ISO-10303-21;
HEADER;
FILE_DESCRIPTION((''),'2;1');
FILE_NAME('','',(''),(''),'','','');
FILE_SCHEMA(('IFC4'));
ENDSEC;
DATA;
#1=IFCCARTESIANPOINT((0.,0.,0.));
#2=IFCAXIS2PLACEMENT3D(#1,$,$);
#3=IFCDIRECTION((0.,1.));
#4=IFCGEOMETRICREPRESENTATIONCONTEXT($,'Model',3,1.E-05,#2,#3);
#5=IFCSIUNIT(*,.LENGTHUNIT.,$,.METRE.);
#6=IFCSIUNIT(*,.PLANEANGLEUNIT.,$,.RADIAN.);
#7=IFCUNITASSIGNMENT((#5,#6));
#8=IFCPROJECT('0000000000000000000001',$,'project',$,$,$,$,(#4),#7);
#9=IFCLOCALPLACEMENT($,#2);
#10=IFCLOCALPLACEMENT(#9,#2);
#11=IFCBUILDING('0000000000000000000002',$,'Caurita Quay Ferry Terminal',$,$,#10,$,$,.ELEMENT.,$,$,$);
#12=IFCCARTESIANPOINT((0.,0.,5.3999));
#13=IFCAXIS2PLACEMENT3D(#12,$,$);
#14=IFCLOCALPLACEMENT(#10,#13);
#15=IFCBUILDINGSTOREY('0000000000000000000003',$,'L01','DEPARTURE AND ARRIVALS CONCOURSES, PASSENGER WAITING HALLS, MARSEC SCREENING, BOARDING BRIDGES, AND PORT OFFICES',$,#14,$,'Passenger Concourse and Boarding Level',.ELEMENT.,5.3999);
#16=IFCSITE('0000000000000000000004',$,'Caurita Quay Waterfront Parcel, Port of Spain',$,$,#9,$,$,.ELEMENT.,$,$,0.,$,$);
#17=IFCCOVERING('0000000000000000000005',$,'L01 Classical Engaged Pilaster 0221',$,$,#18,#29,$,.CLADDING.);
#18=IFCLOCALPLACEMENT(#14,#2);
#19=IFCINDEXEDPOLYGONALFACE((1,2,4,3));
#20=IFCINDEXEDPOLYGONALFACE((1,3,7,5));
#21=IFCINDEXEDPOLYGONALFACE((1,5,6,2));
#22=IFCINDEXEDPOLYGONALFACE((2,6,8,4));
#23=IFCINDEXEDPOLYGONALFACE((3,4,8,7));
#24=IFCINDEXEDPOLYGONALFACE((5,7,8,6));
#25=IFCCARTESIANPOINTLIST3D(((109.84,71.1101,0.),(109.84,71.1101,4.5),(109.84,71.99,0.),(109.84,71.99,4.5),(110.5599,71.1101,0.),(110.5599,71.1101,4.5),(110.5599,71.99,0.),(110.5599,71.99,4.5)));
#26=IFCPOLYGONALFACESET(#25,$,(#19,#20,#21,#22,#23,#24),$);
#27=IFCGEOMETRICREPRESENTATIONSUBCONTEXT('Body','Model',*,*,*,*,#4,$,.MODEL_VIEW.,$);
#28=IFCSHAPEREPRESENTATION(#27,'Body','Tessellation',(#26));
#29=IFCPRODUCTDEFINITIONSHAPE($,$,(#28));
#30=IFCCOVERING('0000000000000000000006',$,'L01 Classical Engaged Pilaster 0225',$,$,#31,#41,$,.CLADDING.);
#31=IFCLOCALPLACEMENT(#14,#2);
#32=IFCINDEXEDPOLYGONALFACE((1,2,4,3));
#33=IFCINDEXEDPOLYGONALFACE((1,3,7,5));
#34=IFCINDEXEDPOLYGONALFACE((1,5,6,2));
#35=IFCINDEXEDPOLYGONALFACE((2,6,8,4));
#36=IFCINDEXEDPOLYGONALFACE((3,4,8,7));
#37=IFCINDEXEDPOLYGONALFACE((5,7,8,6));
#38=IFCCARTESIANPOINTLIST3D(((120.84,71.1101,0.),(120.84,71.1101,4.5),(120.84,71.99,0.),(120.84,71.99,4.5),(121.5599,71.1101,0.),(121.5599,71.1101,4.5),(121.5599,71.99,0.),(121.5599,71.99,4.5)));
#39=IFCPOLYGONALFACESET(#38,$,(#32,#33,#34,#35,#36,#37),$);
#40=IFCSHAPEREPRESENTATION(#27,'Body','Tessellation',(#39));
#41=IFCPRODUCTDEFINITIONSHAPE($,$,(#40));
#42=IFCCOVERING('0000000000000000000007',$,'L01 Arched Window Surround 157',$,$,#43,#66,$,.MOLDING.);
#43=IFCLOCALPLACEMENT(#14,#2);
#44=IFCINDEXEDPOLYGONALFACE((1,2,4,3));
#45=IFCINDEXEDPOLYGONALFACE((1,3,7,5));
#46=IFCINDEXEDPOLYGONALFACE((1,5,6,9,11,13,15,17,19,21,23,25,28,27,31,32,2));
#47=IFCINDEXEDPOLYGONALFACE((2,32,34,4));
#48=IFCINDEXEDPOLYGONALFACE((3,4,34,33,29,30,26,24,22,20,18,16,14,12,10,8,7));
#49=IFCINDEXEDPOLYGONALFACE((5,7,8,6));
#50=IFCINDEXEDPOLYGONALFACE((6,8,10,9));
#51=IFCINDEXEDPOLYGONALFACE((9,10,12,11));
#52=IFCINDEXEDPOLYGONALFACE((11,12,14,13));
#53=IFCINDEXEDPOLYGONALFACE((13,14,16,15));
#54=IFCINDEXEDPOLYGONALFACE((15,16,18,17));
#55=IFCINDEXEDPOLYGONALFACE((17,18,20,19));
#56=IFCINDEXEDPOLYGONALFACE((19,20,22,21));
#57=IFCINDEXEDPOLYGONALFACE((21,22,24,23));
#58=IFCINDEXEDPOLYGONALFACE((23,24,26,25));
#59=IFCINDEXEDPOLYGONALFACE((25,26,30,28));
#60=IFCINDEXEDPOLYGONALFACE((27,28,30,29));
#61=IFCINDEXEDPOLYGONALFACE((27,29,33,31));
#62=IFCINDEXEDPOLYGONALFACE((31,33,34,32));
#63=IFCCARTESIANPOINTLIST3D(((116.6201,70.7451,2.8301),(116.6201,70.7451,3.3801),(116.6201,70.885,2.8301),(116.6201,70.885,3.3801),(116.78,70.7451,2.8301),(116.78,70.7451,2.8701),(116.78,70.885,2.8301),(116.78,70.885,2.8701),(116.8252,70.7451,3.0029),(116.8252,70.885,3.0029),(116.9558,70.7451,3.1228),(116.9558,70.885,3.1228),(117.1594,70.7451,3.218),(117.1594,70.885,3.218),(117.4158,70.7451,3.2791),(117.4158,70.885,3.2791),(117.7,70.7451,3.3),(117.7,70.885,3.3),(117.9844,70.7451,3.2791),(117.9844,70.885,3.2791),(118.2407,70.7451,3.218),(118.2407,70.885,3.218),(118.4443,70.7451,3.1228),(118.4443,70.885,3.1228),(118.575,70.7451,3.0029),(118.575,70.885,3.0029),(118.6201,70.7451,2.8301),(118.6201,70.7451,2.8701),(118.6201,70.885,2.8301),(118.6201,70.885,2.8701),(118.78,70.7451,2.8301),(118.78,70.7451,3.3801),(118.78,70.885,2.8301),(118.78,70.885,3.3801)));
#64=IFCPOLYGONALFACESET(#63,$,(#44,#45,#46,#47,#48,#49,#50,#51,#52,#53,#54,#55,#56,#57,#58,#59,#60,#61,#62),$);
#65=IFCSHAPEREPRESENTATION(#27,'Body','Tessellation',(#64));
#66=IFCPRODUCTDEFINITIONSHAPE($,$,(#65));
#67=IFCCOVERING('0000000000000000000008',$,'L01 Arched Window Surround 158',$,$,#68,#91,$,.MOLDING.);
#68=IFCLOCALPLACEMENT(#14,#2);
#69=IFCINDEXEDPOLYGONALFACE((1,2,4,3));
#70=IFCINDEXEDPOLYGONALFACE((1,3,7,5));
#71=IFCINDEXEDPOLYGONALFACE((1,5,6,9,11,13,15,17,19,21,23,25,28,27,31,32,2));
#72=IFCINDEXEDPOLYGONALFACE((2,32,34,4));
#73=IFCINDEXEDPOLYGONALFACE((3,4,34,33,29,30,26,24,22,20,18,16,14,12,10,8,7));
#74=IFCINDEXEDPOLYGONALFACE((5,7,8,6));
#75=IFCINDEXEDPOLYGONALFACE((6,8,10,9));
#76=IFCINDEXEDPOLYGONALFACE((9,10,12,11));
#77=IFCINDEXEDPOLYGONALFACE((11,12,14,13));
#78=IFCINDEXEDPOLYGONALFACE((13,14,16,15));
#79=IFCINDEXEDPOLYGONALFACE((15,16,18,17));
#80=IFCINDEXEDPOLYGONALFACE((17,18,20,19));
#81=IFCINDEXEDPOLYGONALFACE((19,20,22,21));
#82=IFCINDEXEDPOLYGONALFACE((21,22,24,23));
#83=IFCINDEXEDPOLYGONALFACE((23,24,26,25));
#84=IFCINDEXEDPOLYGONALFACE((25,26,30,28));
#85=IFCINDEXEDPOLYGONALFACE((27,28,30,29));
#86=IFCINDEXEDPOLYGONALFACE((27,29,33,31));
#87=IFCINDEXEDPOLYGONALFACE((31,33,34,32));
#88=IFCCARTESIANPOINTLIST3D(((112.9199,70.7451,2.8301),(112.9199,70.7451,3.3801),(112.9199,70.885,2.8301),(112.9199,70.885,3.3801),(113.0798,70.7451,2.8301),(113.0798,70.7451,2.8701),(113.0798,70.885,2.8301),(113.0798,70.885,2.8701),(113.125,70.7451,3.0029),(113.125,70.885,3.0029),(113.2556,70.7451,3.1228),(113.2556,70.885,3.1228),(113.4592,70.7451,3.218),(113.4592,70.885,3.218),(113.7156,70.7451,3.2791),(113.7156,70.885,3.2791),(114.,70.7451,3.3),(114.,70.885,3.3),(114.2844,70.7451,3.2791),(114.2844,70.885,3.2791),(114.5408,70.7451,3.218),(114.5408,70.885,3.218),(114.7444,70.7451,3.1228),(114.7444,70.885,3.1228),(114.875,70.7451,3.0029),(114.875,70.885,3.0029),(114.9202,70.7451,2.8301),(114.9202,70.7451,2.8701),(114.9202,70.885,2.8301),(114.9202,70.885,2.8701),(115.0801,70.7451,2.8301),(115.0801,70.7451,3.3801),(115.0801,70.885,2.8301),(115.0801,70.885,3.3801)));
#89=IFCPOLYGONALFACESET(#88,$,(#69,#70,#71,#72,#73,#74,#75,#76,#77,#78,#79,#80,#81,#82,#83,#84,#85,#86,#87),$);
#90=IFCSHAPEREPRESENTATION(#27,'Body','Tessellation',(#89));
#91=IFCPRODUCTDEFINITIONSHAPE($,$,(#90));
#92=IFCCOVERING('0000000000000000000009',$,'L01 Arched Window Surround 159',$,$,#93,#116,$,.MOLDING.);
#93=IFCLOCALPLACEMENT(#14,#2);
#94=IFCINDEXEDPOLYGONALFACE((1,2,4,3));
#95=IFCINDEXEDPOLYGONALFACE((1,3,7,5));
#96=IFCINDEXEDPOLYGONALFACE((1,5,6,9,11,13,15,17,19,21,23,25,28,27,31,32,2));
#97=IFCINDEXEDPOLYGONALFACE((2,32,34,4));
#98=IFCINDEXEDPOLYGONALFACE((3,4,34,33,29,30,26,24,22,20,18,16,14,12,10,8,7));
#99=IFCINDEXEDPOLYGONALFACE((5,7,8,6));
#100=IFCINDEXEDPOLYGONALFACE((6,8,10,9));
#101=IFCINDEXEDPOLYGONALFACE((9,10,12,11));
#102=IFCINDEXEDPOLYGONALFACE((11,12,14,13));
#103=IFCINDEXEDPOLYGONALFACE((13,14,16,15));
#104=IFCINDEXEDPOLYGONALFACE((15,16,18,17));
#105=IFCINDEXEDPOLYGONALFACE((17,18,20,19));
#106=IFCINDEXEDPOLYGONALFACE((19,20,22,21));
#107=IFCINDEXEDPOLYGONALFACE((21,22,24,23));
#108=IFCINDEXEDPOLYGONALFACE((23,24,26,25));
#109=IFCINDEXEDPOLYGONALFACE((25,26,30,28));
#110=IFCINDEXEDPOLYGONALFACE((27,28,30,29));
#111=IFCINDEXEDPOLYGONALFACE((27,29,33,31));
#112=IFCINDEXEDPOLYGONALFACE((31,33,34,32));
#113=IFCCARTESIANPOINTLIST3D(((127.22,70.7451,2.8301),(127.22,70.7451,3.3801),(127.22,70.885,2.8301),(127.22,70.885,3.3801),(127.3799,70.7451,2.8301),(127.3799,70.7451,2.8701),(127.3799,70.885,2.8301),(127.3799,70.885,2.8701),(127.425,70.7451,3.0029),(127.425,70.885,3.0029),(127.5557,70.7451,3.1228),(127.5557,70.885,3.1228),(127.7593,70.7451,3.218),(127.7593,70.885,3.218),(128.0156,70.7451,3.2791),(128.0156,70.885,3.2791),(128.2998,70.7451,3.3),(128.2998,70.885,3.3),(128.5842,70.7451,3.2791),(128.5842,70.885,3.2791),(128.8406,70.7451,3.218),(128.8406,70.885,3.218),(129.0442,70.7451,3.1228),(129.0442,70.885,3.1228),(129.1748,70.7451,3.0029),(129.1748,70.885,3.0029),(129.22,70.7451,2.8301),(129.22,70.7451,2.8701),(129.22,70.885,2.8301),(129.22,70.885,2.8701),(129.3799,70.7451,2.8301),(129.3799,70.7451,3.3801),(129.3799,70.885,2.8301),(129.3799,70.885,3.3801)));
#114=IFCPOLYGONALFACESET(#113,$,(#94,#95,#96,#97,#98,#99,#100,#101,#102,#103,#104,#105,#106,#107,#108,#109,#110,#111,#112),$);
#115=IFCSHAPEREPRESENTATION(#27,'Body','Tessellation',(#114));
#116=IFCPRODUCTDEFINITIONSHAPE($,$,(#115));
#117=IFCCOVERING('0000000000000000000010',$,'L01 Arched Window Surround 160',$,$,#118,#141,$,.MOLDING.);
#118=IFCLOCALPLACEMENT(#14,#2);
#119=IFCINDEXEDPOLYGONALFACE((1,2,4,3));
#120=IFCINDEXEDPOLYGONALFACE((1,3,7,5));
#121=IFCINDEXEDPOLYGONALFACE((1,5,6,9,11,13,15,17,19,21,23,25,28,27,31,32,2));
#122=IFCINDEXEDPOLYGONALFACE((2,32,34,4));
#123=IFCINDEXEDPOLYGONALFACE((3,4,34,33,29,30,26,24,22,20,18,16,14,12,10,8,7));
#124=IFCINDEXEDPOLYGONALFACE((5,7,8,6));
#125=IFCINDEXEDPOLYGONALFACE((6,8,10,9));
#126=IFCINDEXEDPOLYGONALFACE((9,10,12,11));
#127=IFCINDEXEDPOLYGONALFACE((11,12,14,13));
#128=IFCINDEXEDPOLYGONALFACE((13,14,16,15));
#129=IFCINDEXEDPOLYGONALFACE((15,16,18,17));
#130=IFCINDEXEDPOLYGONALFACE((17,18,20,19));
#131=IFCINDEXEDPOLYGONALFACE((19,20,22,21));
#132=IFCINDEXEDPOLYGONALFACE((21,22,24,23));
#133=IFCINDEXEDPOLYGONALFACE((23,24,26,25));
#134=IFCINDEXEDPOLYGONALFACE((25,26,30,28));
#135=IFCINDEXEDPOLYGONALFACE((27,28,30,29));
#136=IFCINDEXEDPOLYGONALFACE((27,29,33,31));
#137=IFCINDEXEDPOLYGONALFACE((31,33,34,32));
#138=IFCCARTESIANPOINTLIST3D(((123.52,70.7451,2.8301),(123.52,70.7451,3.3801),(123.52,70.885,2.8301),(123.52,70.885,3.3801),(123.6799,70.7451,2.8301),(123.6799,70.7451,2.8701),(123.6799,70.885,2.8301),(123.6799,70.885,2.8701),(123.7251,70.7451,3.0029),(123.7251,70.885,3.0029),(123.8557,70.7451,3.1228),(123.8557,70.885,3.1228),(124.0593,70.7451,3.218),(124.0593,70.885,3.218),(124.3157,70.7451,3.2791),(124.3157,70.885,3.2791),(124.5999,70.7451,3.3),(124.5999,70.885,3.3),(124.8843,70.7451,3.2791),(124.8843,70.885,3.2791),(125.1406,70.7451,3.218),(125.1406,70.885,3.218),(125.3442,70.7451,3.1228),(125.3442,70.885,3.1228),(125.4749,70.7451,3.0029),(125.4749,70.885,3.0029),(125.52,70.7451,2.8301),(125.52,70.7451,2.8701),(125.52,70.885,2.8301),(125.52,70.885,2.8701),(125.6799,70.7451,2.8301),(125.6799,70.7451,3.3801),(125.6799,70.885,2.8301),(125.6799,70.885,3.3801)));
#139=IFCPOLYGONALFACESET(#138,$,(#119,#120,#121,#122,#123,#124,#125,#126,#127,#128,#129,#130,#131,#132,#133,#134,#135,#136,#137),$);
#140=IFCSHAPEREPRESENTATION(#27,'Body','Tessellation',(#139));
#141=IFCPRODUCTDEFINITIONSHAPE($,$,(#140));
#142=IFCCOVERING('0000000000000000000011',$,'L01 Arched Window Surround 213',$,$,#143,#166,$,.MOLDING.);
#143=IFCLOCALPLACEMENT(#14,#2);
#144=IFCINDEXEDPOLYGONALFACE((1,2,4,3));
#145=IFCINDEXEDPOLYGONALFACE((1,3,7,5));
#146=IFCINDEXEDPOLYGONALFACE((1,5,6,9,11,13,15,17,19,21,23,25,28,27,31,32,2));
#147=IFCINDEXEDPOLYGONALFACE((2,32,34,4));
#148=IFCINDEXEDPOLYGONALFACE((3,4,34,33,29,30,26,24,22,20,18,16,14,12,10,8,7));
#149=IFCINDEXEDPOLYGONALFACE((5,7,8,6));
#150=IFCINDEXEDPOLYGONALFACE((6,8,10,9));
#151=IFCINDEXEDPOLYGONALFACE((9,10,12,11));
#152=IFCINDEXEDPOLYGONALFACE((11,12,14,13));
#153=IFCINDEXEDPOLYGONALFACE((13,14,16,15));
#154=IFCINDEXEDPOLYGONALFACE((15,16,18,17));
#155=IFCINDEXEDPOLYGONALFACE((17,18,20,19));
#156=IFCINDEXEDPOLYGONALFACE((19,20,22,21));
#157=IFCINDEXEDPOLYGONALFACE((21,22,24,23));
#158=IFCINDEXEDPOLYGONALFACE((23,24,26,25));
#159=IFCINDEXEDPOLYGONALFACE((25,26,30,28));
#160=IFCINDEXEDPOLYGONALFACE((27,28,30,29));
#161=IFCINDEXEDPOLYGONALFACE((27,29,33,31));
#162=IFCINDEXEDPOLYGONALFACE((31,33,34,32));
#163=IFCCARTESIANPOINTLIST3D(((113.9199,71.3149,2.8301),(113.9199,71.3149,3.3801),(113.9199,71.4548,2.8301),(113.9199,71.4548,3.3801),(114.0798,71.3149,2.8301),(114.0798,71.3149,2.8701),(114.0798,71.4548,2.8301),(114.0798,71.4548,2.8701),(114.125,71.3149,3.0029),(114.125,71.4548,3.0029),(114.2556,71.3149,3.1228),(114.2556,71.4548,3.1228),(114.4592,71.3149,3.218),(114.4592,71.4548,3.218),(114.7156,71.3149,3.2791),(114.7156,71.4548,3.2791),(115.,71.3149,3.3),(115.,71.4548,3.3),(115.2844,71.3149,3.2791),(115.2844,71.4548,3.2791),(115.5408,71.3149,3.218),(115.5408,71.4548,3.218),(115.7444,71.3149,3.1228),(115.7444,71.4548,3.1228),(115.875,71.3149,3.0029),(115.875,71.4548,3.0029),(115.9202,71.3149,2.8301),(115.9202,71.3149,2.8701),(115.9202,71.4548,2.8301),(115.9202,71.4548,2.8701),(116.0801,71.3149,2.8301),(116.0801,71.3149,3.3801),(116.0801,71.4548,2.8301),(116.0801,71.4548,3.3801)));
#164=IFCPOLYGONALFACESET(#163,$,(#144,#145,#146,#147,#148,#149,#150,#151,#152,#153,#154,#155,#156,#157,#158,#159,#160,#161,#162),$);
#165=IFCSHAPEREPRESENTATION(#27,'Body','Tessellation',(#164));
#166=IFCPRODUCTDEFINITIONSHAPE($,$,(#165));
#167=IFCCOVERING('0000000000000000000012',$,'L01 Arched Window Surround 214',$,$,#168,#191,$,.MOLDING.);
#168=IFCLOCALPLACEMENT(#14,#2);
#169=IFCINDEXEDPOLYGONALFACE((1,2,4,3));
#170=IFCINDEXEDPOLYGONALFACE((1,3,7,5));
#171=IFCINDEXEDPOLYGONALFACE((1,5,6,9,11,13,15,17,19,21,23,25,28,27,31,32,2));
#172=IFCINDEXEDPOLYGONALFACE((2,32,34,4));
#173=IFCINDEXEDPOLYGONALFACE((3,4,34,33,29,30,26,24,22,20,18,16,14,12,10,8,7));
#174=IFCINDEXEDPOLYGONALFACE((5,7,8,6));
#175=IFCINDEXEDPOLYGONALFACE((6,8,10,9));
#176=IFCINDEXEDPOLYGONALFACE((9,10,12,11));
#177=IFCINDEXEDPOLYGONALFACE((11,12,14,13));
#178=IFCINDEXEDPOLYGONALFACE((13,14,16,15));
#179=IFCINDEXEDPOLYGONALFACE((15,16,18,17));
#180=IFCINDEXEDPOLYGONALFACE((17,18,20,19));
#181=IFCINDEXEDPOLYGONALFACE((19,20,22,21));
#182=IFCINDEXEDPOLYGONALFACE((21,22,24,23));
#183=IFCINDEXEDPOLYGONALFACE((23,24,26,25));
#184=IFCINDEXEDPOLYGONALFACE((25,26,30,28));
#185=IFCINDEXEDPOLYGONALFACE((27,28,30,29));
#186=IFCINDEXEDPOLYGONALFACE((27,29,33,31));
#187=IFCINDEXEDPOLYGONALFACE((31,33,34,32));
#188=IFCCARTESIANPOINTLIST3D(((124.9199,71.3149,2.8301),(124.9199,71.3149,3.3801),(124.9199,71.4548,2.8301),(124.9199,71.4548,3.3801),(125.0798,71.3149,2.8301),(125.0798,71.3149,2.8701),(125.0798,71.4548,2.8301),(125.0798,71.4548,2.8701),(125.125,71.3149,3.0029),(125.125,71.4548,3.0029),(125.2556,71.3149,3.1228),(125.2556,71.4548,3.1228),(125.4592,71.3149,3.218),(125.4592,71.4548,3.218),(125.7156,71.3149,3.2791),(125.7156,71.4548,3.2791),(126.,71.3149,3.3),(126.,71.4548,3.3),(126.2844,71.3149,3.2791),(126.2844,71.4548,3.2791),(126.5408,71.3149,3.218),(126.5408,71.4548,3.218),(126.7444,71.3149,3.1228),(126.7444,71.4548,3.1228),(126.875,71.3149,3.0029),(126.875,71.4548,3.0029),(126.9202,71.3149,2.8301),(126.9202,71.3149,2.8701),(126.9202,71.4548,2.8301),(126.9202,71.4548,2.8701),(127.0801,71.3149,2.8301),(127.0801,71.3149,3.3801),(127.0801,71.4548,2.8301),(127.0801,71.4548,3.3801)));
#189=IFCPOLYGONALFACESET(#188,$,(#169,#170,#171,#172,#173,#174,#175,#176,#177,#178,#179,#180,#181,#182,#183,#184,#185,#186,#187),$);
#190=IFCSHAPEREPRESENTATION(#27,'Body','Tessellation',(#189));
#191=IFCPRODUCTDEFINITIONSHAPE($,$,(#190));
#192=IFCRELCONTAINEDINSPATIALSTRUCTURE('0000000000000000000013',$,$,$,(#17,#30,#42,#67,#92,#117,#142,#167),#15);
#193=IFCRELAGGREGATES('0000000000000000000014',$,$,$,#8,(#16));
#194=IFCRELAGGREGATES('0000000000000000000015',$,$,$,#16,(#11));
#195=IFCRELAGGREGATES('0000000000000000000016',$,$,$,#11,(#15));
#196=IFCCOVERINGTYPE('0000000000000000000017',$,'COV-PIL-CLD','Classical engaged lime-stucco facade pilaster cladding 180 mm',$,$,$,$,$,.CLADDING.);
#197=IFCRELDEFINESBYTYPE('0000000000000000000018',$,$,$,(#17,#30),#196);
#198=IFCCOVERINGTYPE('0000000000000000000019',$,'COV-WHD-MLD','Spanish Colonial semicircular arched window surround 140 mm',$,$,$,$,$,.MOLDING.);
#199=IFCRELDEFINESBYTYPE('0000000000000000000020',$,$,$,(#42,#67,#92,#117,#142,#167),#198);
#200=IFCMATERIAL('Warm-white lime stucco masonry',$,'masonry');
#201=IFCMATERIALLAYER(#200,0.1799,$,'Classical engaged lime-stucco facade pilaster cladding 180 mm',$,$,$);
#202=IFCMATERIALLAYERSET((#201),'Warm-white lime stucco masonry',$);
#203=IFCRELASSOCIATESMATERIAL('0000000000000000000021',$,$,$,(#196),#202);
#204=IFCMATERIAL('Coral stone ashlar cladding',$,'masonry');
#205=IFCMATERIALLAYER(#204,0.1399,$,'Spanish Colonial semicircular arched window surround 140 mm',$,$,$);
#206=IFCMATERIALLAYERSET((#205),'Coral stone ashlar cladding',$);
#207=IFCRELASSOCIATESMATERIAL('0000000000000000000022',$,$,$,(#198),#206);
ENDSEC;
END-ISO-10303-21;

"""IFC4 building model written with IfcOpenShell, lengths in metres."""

from ifc_helpers import new_model, si_unit, direction, frame, origin, origin_2d, place, context, subcontext, project, spatial, polyline, rectangle, outline, extrude, material, layer, layer_set, type_object, element, save


model = new_model("IFC4")

# Units and contexts
model_context = context("Model", 3, precision=1e-05, world=origin(), true_north=direction((0.0, 1.0)))
body_context = subcontext(model_context, "Body", "Model", "MODEL_VIEW")
ifc_project = project(units=[si_unit("LENGTHUNIT", "METRE"), si_unit("PLANEANGLEUNIT", "RADIAN")], contexts=[model_context])

# Site, building, storey
site_placement = place(None, origin())
site = spatial("IfcSite", under=ifc_project, at=site_placement, Name="Caurita Quay Waterfront Parcel, Port of Spain", CompositionType="ELEMENT", RefElevation=0.0)
building_placement = place(site_placement, origin())
building = spatial("IfcBuilding", under=site, at=building_placement, Name="Caurita Quay Ferry Terminal", CompositionType="ELEMENT")
storey_placement = place(building_placement, frame((0.0, 0.0, 5.3999)))
storey = spatial("IfcBuildingStorey", under=building, at=storey_placement, Name="L01", Description="DEPARTURE AND ARRIVALS CONCOURSES, PASSENGER WAITING HALLS, MARSEC SCREENING, BOARDING BRIDGES, AND PORT OFFICES", LongName="Passenger Concourse and Boarding Level", CompositionType="ELEMENT", Elevation=5.3999)

# Shared definitions
ifc_material_1 = material(Name="Warm-white lime stucco masonry", Category="masonry")

# Coverings
ifc_layer_1 = layer(ifc_material_1, 0.1799, Name="Classical engaged lime-stucco facade pilaster cladding 180 mm")
ifc_layer_set_1 = layer_set([ifc_layer_1], Name="Warm-white lime stucco masonry")
covering_type_1 = type_object("IfcCoveringType", Name="COV-PIL-CLD", Description="Classical engaged lime-stucco facade pilaster cladding 180 mm", PredefinedType="CLADDING", material=ifc_layer_set_1)
for number, where, z_axis, x_axis, name in (
    (1, (110.2, 71.55, 0.0), (0.0, 0.0, 1.0), (1.0, 0.0, 0.0), "L01 Classical Engaged Pilaster 0221"),
    (2, (121.2, 71.55, 0.0), (0.0, 0.0, 1.0), (1.0, 0.0, 0.0), "L01 Classical Engaged Pilaster 0225"),
):
    element("IfcCovering", number, at=place(storey_placement, frame(where, z_axis=z_axis, x_axis=x_axis)), inside=storey, type_object=covering_type_1, Name=name, PredefinedType="CLADDING", context=body_context, shape_type="SweptSolid", body=[
        extrude(rectangle(XDim=0.72, YDim=0.8799, at=origin_2d()), origin(), (0.0, 0.0, 1.0), 4.5),
    ])
ifc_material_2 = material(Name="Coral stone ashlar cladding", Category="masonry")
ifc_layer_2 = layer(ifc_material_2, 0.1399, Name="Spanish Colonial semicircular arched window surround 140 mm")
ifc_layer_set_2 = layer_set([ifc_layer_2], Name="Coral stone ashlar cladding")
covering_type_2 = type_object("IfcCoveringType", Name="COV-WHD-MLD", Description="Spanish Colonial semicircular arched window surround 140 mm", PredefinedType="MOLDING", material=ifc_layer_set_2)
covering_1_placement = place(storey_placement, frame((118.78, 70.8149, 2.8301), z_axis=(0.0, 0.0, 1.0), x_axis=(-1.0, 0.0, 0.0)))
element("IfcCovering", 3, at=covering_1_placement, inside=storey, type_object=covering_type_2, Name="L01 Arched Window Surround 157", PredefinedType="MOLDING", context=body_context, shape_type="SweptSolid", body=[
    extrude(outline(polyline([(0.0, 0.0), (0.1599, 0.0), (0.1599, 0.04), (0.2051, 0.1729), (0.3357, 0.2927), (0.5393, 0.3879), (0.7957, 0.449), (1.0801, 0.47), (1.3643, 0.449), (1.6206, 0.3879), (1.8242, 0.2927), (1.9548, 0.1729), (2.0, 0.04), (2.0, 0.0), (2.1599, 0.0), (2.1599, 0.55), (0.0, 0.55), (0.0, 0.0)])), frame((0.0, 0.0698, 0.0), z_axis=(0.0, -1.0, 0.0), x_axis=(1.0, 0.0, 0.0)), (0.0, 0.0, 1.0), 0.1399),
])
covering_2_placement = place(storey_placement, frame((115.0801, 70.8149, 2.8301), z_axis=(0.0, 0.0, 1.0), x_axis=(-1.0, 0.0, 0.0)))
element("IfcCovering", 4, at=covering_2_placement, inside=storey, type_object=covering_type_2, Name="L01 Arched Window Surround 158", PredefinedType="MOLDING", context=body_context, shape_type="SweptSolid", body=[
    extrude(outline(polyline([(0.0, 0.0), (0.1599, 0.0), (0.1599, 0.04), (0.2051, 0.1729), (0.3357, 0.2927), (0.5393, 0.3879), (0.7957, 0.449), (1.0801, 0.47), (1.3645, 0.449), (1.6208, 0.3879), (1.8245, 0.2927), (1.9551, 0.1729), (2.0002, 0.04), (2.0002, 0.0), (2.1602, 0.0), (2.1602, 0.55), (0.0, 0.55), (0.0, 0.0)])), frame((0.0, 0.0698, 0.0), z_axis=(0.0, -1.0, 0.0), x_axis=(1.0, 0.0, 0.0)), (0.0, 0.0, 1.0), 0.1399),
])
for number, where, z_axis, x_axis, name in (
    (5, (129.3799, 70.8149, 2.8301), (0.0, 0.0, 1.0), (-1.0, 0.0, 0.0), "L01 Arched Window Surround 159"),
    (6, (125.6799, 70.8149, 2.8301), (0.0, 0.0, 1.0), (-1.0, 0.0, 0.0), "L01 Arched Window Surround 160"),
):
    element("IfcCovering", number, at=place(storey_placement, frame(where, z_axis=z_axis, x_axis=x_axis)), inside=storey, type_object=covering_type_2, Name=name, PredefinedType="MOLDING", context=body_context, shape_type="SweptSolid", body=[
        extrude(outline(polyline([(0.0, 0.0), (0.1599, 0.0), (0.1599, 0.04), (0.2051, 0.1729), (0.3357, 0.2927), (0.5393, 0.3879), (0.7957, 0.449), (1.0801, 0.47), (1.3643, 0.449), (1.6206, 0.3879), (1.8242, 0.2927), (1.9548, 0.1729), (2.0, 0.04), (2.0, 0.0), (2.1599, 0.0), (2.1599, 0.55), (0.0, 0.55), (0.0, 0.0)])), frame((0.0, 0.0698, 0.0), z_axis=(0.0, -1.0, 0.0), x_axis=(1.0, 0.0, 0.0)), (0.0, 0.0, 1.0), 0.1399),
    ])
for number, where, z_axis, x_axis, name in (
    (7, (113.9199, 71.385, 2.8301), (0.0, 0.0, 1.0), (1.0, 0.0, 0.0), "L01 Arched Window Surround 213"),
    (8, (124.9199, 71.385, 2.8301), (0.0, 0.0, 1.0), (1.0, 0.0, 0.0), "L01 Arched Window Surround 214"),
):
    element("IfcCovering", number, at=place(storey_placement, frame(where, z_axis=z_axis, x_axis=x_axis)), inside=storey, type_object=covering_type_2, Name=name, PredefinedType="MOLDING", context=body_context, shape_type="SweptSolid", body=[
        extrude(outline(polyline([(0.0, 0.0), (0.1599, 0.0), (0.1599, 0.04), (0.2051, 0.1729), (0.3357, 0.2927), (0.5393, 0.3879), (0.7957, 0.449), (1.0801, 0.47), (1.3645, 0.449), (1.6208, 0.3879), (1.8245, 0.2927), (1.9551, 0.1729), (2.0002, 0.04), (2.0002, 0.0), (2.1602, 0.0), (2.1602, 0.55), (0.0, 0.55), (0.0, 0.0)])), frame((0.0, 0.0698, 0.0), z_axis=(0.0, -1.0, 0.0), x_axis=(1.0, 0.0, 0.0)), (0.0, 0.0, 1.0), 0.1399),
    ])

save(model, "model.ifc")
